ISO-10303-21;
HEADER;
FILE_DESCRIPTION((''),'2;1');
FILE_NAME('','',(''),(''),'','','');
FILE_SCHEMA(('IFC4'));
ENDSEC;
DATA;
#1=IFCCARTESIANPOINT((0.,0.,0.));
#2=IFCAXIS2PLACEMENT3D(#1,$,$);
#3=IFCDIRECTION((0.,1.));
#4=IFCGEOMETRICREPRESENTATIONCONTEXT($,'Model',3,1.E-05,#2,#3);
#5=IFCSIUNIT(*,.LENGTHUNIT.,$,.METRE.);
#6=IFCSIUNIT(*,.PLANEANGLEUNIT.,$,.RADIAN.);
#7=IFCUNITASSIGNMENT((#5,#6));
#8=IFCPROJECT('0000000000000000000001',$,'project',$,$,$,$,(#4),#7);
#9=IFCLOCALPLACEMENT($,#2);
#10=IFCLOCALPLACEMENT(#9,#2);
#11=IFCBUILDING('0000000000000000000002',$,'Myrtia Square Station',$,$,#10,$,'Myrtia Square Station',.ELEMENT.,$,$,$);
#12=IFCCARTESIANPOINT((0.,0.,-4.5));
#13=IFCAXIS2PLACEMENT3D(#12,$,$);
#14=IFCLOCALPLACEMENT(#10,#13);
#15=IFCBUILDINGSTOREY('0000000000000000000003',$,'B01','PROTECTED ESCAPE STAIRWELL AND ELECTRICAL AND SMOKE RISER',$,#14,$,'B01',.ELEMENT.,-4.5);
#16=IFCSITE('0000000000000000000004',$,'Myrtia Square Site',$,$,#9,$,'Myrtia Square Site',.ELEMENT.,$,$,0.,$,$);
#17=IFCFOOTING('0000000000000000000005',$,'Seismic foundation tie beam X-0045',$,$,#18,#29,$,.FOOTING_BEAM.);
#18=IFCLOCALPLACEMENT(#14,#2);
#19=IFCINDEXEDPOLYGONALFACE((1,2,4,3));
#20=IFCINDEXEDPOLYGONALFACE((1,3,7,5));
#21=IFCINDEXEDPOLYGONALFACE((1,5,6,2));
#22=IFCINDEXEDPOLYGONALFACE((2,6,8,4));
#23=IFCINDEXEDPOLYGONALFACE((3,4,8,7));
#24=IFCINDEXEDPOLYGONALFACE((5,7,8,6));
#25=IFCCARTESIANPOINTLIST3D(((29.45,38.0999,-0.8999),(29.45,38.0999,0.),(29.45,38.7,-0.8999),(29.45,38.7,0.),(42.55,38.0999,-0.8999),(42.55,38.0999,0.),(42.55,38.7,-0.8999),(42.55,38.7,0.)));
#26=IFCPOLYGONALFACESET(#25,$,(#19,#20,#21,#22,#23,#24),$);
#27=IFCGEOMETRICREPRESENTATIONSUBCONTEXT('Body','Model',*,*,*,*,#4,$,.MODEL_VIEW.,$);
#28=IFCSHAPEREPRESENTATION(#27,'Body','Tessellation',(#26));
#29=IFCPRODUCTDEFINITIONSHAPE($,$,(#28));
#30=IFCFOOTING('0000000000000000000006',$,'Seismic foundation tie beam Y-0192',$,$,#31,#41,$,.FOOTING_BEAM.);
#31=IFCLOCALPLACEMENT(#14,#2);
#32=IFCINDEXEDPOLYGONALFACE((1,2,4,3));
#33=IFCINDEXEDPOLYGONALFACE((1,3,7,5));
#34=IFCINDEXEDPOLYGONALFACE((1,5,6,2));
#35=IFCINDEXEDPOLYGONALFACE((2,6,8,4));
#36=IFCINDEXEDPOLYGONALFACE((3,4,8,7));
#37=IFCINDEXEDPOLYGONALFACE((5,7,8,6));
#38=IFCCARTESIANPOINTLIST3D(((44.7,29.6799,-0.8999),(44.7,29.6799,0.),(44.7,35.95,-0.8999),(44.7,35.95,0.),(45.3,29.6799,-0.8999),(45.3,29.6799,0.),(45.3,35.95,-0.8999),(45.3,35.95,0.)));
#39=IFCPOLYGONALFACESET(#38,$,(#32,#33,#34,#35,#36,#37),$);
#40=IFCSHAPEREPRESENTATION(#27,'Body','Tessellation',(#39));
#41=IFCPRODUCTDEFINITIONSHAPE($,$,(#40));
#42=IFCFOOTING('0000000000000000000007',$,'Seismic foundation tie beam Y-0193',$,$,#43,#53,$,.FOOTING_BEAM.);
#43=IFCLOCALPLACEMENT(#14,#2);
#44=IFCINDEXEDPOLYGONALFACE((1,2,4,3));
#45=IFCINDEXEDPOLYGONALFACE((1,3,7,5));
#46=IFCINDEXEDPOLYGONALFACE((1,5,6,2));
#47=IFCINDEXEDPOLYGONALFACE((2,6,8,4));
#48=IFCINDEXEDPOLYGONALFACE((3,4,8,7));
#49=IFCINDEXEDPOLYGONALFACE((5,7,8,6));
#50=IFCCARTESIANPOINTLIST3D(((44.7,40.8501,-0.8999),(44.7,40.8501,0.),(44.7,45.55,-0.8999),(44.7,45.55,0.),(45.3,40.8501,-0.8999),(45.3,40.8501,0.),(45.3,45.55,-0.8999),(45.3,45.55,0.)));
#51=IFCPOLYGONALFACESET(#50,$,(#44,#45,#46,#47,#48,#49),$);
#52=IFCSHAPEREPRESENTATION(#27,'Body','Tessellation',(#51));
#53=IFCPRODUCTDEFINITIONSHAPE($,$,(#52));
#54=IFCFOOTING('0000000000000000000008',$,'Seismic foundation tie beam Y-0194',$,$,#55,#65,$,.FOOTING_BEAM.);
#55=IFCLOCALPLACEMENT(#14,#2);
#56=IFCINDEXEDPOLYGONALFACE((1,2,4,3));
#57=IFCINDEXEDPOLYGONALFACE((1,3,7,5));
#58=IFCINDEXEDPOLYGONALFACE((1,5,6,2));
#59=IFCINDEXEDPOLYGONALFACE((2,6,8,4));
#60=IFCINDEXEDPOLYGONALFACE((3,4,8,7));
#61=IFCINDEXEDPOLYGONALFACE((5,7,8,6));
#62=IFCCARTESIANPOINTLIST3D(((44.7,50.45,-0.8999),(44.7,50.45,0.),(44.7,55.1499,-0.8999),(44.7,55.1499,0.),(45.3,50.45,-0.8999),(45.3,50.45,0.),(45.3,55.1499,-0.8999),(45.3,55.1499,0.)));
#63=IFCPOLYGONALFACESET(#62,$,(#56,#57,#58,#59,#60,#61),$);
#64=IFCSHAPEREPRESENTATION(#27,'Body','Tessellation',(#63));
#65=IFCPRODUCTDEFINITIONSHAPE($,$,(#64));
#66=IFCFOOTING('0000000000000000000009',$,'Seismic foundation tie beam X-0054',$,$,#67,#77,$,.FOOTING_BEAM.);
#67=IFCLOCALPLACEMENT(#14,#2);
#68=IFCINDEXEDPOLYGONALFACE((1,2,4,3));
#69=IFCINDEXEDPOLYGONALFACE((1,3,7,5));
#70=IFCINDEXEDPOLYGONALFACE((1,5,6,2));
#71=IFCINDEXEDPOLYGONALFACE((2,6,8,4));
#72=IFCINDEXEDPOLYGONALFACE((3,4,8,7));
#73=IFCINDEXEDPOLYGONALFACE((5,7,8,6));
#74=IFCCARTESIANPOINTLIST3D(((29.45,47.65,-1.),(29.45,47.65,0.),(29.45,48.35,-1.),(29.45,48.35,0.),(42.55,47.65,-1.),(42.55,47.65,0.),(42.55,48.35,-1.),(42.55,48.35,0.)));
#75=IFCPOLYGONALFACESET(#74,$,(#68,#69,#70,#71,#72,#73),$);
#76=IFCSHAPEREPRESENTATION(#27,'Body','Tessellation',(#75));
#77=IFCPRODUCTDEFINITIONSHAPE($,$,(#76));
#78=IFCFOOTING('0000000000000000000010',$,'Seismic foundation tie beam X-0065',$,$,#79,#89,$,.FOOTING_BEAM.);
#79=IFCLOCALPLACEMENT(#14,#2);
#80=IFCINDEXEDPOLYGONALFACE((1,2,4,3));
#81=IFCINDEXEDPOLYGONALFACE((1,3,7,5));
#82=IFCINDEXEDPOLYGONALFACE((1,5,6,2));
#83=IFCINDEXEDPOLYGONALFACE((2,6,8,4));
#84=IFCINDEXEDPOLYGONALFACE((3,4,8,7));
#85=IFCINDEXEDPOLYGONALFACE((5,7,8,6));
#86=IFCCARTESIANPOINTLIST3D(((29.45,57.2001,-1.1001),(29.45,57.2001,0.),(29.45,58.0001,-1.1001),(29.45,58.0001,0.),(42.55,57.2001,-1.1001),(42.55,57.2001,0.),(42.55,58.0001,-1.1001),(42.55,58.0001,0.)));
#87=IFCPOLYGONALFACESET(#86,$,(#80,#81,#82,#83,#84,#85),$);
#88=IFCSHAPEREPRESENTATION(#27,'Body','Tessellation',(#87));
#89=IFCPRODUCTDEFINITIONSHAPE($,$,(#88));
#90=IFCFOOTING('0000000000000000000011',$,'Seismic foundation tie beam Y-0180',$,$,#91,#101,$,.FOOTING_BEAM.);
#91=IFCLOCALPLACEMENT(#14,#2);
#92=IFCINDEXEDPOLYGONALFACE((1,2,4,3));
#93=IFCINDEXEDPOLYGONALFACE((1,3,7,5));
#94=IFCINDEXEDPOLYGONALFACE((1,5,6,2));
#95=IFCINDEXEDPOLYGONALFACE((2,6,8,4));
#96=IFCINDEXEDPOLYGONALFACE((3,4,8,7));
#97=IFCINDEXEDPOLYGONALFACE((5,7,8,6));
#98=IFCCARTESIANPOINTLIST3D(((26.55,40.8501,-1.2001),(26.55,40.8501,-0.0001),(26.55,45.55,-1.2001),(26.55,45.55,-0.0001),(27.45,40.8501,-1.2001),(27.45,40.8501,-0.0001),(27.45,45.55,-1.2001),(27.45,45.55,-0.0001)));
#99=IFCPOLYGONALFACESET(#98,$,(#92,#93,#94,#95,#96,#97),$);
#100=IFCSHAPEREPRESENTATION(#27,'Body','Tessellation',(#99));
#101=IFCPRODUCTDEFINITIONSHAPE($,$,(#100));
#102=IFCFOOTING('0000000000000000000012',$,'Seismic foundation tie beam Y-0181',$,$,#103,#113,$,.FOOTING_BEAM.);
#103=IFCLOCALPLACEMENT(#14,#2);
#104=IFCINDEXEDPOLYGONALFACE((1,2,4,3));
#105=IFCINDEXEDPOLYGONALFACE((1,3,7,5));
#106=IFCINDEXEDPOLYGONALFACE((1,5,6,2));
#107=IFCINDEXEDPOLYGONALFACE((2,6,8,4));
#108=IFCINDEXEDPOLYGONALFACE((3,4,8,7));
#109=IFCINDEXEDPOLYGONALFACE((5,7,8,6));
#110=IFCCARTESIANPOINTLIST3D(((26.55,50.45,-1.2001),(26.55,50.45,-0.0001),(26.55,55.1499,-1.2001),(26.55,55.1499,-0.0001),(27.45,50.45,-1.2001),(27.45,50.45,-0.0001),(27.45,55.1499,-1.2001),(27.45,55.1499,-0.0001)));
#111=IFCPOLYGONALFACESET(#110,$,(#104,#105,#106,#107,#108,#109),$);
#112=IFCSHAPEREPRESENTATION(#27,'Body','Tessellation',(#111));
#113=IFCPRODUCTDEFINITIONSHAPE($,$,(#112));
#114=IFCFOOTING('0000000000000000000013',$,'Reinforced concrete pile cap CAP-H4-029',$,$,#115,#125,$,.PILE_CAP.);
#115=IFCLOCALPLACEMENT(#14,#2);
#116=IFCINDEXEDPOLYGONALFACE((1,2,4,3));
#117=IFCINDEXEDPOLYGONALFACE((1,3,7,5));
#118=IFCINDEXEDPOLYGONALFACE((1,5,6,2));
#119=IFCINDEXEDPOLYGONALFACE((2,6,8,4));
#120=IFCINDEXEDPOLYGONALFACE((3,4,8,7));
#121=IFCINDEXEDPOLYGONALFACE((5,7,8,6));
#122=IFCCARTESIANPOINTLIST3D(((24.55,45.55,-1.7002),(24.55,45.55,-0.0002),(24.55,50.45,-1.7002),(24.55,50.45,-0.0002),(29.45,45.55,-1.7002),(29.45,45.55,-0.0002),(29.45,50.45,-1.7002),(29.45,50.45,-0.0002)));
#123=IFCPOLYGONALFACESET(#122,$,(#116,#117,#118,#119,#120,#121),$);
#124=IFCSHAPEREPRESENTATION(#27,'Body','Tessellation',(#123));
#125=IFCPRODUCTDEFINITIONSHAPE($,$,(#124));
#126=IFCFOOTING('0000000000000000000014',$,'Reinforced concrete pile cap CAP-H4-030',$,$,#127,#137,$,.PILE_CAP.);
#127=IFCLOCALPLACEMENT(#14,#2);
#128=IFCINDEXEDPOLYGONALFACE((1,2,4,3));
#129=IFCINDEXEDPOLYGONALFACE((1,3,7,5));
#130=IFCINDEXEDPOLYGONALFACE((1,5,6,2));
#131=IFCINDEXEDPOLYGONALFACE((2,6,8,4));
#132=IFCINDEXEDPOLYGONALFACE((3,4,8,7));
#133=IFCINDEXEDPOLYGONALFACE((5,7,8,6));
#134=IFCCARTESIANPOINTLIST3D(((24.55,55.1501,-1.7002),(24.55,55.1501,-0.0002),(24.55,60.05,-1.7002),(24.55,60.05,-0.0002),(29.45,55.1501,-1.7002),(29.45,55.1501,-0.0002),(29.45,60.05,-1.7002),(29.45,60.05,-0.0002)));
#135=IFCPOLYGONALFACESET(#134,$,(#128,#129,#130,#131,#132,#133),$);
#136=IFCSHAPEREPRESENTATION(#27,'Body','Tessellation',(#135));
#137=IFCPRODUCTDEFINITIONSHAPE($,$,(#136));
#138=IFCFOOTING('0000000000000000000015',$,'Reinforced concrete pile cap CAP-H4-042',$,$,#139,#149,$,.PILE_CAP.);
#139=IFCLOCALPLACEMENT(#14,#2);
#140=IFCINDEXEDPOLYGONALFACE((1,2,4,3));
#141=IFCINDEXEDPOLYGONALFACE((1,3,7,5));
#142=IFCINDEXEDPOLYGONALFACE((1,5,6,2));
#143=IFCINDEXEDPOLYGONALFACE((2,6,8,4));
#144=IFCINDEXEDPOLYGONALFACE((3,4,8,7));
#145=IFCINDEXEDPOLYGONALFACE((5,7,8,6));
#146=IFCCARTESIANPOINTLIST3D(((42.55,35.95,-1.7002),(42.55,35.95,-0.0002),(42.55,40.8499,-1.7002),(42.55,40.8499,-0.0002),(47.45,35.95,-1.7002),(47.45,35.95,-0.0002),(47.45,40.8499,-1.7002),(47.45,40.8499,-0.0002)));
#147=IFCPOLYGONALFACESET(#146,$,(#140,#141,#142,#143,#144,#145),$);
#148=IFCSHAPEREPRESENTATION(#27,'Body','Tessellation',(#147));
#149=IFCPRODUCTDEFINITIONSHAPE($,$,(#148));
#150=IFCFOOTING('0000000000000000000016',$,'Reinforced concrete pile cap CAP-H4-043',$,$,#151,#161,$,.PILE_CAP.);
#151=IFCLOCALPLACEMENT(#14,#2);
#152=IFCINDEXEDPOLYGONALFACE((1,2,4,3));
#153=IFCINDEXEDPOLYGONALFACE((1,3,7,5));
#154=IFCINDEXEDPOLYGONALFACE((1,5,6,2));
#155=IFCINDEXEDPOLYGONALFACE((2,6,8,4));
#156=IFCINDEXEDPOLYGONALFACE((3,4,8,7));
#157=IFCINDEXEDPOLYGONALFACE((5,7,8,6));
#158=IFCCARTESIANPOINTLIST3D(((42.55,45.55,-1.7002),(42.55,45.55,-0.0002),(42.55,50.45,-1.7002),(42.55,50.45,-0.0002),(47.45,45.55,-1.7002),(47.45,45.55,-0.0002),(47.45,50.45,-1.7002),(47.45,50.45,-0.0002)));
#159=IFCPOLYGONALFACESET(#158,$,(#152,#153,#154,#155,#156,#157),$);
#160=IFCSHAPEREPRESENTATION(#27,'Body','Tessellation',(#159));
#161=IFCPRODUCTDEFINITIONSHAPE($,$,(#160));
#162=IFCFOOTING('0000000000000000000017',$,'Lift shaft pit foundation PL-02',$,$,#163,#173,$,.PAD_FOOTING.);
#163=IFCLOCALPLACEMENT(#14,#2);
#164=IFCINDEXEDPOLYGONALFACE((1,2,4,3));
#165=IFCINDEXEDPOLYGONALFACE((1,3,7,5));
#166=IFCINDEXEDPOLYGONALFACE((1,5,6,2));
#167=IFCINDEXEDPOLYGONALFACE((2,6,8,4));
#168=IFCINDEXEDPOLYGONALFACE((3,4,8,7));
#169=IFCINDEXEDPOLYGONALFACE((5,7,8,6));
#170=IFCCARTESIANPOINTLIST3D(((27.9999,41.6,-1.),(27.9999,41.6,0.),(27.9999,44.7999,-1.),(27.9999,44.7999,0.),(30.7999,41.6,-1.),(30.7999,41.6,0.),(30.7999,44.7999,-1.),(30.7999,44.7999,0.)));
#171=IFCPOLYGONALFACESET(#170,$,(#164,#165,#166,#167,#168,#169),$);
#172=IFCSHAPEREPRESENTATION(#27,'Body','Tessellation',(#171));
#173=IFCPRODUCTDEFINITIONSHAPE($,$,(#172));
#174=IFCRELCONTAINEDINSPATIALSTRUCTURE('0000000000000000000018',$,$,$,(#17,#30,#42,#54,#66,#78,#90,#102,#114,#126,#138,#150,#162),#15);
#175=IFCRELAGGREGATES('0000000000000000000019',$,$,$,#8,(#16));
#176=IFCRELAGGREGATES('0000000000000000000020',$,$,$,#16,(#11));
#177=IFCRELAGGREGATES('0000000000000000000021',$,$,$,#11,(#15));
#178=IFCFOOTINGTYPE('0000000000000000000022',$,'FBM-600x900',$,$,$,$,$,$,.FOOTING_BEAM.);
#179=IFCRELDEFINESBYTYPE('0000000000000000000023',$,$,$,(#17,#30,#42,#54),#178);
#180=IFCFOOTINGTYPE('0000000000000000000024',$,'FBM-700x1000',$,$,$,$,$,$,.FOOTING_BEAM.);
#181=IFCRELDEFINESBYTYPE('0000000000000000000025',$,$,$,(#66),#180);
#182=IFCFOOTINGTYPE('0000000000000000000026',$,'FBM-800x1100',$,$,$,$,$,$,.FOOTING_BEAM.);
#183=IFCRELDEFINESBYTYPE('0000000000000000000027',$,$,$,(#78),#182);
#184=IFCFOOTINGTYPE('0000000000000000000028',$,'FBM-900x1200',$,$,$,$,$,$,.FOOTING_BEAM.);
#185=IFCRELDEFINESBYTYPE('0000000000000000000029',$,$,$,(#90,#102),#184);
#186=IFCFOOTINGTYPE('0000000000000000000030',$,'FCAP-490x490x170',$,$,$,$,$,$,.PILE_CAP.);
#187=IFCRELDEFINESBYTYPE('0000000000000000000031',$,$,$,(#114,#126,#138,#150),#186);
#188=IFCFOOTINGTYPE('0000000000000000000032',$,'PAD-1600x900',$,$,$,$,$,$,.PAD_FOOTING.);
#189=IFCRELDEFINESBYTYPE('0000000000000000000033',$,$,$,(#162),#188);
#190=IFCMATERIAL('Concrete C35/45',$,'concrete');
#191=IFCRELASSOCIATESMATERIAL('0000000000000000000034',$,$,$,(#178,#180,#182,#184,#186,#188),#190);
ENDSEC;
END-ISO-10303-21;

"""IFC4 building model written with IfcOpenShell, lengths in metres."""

from ifc_helpers import new_model, si_unit, direction, frame, origin, origin_2d, place, context, subcontext, project, spatial, rectangle, extrude, material, material_profile, profile_set, type_object, element, save


model = new_model("IFC4")

# Units and contexts
model_context = context("Model", 3, precision=1e-05, world=origin(), true_north=direction((0.0, 1.0)))
body_context = subcontext(model_context, "Body", "Model", "MODEL_VIEW")
ifc_project = project(units=[si_unit("LENGTHUNIT", "METRE"), si_unit("PLANEANGLEUNIT", "RADIAN")], contexts=[model_context])

# Site, building, storey
site_placement = place(None, origin())
site = spatial("IfcSite", under=ifc_project, at=site_placement, Name="Myrtia Square Site", LongName="Myrtia Square Site", CompositionType="ELEMENT", RefElevation=0.0)
building_placement = place(site_placement, origin())
building = spatial("IfcBuilding", under=site, at=building_placement, Name="Myrtia Square Station", LongName="Myrtia Square Station", CompositionType="ELEMENT")
storey_placement = place(building_placement, frame((0.0, 0.0, -4.5)))
storey = spatial("IfcBuildingStorey", under=building, at=storey_placement, Name="B01", Description="PROTECTED ESCAPE STAIRWELL AND ELECTRICAL AND SMOKE RISER", LongName="B01", CompositionType="ELEMENT", Elevation=-4.5)

# Footings
ifc_material_1 = material(Name="Concrete C35/45", Category="concrete")
ifc_material_profile_1 = material_profile(ifc_material_1, rectangle(XDim=0.6001, YDim=0.8999, at=origin_2d()), Name="FB 600x900")
ifc_profile_set_1 = profile_set([ifc_material_profile_1], Name="Concrete C35/45")
footing_type_1 = type_object("IfcFootingType", Name="FBM-600x900", PredefinedType="FOOTING_BEAM", material=ifc_profile_set_1)
footing_1_placement = place(storey_placement, frame((29.45, 38.3999, -0.45), z_axis=(1.0, 0.0, 0.0), x_axis=(0.0, 1.0, 0.0)))
element("IfcFooting", 1, at=footing_1_placement, inside=storey, type_object=footing_type_1, Name="Seismic foundation tie beam X-0045", PredefinedType="FOOTING_BEAM", context=body_context, shape_type="SweptSolid", body=[
    extrude(rectangle(XDim=0.6001, YDim=0.8999, at=origin_2d()), origin(), (0.0, 0.0, 1.0), 13.1001),
])
footing_2_placement = place(storey_placement, frame((45.0, 29.6799, -0.45), z_axis=(0.0, 1.0, 0.0), x_axis=(-1.0, 0.0, 0.0)))
element("IfcFooting", 2, at=footing_2_placement, inside=storey, type_object=footing_type_1, Name="Seismic foundation tie beam Y-0192", PredefinedType="FOOTING_BEAM", context=body_context, shape_type="SweptSolid", body=[
    extrude(rectangle(XDim=0.6001, YDim=0.8999, at=origin_2d()), origin(), (0.0, 0.0, 1.0), 6.27),
])
for number, where, z_axis, x_axis, name in (
    (3, (45.0, 40.8501, -0.45), (0.0, 1.0, 0.0), (-1.0, 0.0, 0.0), "Seismic foundation tie beam Y-0193"),
    (4, (45.0, 50.45, -0.45), (0.0, 1.0, 0.0), (-1.0, 0.0, 0.0), "Seismic foundation tie beam Y-0194"),
):
    element("IfcFooting", number, at=place(storey_placement, frame(where, z_axis=z_axis, x_axis=x_axis)), inside=storey, type_object=footing_type_1, Name=name, PredefinedType="FOOTING_BEAM", context=body_context, shape_type="SweptSolid", body=[
        extrude(rectangle(XDim=0.6001, YDim=0.8999, at=origin_2d()), origin(), (0.0, 0.0, 1.0), 4.7),
    ])
ifc_material_profile_2 = material_profile(ifc_material_1, rectangle(XDim=0.7, YDim=1.0, at=origin_2d()), Name="FB 700x1000")
ifc_profile_set_2 = profile_set([ifc_material_profile_2], Name="Concrete C35/45")
footing_type_2 = type_object("IfcFootingType", Name="FBM-700x1000", PredefinedType="FOOTING_BEAM", material=ifc_profile_set_2)
footing_3_placement = place(storey_placement, frame((29.45, 48.0, -0.5), z_axis=(1.0, 0.0, 0.0), x_axis=(0.0, 1.0, 0.0)))
element("IfcFooting", 5, at=footing_3_placement, inside=storey, type_object=footing_type_2, Name="Seismic foundation tie beam X-0054", PredefinedType="FOOTING_BEAM", context=body_context, shape_type="SweptSolid", body=[
    extrude(rectangle(XDim=0.7, YDim=1.0, at=origin_2d()), origin(), (0.0, 0.0, 1.0), 13.1001),
])
ifc_material_profile_3 = material_profile(ifc_material_1, rectangle(XDim=0.8, YDim=1.1001, at=origin_2d()), Name="FB 800x1100")
ifc_profile_set_3 = profile_set([ifc_material_profile_3], Name="Concrete C35/45")
footing_type_3 = type_object("IfcFootingType", Name="FBM-800x1100", PredefinedType="FOOTING_BEAM", material=ifc_profile_set_3)
footing_4_placement = place(storey_placement, frame((29.45, 57.6001, -0.55), z_axis=(1.0, 0.0, 0.0), x_axis=(0.0, 1.0, 0.0)))
element("IfcFooting", 6, at=footing_4_placement, inside=storey, type_object=footing_type_3, Name="Seismic foundation tie beam X-0065", PredefinedType="FOOTING_BEAM", context=body_context, shape_type="SweptSolid", body=[
    extrude(rectangle(XDim=0.8, YDim=1.1001, at=origin_2d()), origin(), (0.0, 0.0, 1.0), 13.1001),
])
ifc_material_profile_4 = material_profile(ifc_material_1, rectangle(XDim=0.8999, YDim=1.2, at=origin_2d()), Name="FB 900x1200")
ifc_profile_set_4 = profile_set([ifc_material_profile_4], Name="Concrete C35/45")
footing_type_4 = type_object("IfcFootingType", Name="FBM-900x1200", PredefinedType="FOOTING_BEAM", material=ifc_profile_set_4)
for number, where, z_axis, x_axis, name in (
    (7, (27.0, 40.8501, -0.6001), (0.0, 1.0, 0.0), (-1.0, 0.0, 0.0), "Seismic foundation tie beam Y-0180"),
    (8, (27.0, 50.45, -0.6001), (0.0, 1.0, 0.0), (-1.0, 0.0, 0.0), "Seismic foundation tie beam Y-0181"),
):
    element("IfcFooting", number, at=place(storey_placement, frame(where, z_axis=z_axis, x_axis=x_axis)), inside=storey, type_object=footing_type_4, Name=name, PredefinedType="FOOTING_BEAM", context=body_context, shape_type="SweptSolid", body=[
        extrude(rectangle(XDim=0.8999, YDim=1.2, at=origin_2d()), origin(), (0.0, 0.0, 1.0), 4.7),
    ])
footing_type_5 = type_object("IfcFootingType", Name="FCAP-490x490x170", PredefinedType="PILE_CAP", material=ifc_material_1)
for number, where, z_axis, x_axis, name in (
    (9, (27.0, 48.0, -1.7002), (0.0, 0.0, 1.0), (1.0, 0.0, 0.0), "Reinforced concrete pile cap CAP-H4-029"),
    (10, (27.0, 57.6001, -1.7002), (0.0, 0.0, 1.0), (1.0, 0.0, 0.0), "Reinforced concrete pile cap CAP-H4-030"),
    (11, (45.0, 38.3999, -1.7002), (0.0, 0.0, 1.0), (1.0, 0.0, 0.0), "Reinforced concrete pile cap CAP-H4-042"),
    (12, (45.0, 48.0, -1.7002), (0.0, 0.0, 1.0), (1.0, 0.0, 0.0), "Reinforced concrete pile cap CAP-H4-043"),
):
    element("IfcFooting", number, at=place(storey_placement, frame(where, z_axis=z_axis, x_axis=x_axis)), inside=storey, type_object=footing_type_5, Name=name, PredefinedType="PILE_CAP", context=body_context, shape_type="SweptSolid", body=[
        extrude(rectangle(XDim=4.8999, YDim=4.8999, at=origin_2d()), origin(), (0.0, 0.0, 1.0), 1.7),
    ])
footing_type_6 = type_object("IfcFootingType", Name="PAD-1600x900", PredefinedType="PAD_FOOTING", material=ifc_material_1)
footing_5_placement = place(storey_placement, frame((29.3999, 43.2, -1.0), z_axis=(0.0, 0.0, 1.0), x_axis=(1.0, 0.0, 0.0)))
element("IfcFooting", 13, at=footing_5_placement, inside=storey, type_object=footing_type_6, Name="Lift shaft pit foundation PL-02", PredefinedType="PAD_FOOTING", context=body_context, shape_type="SweptSolid", body=[
    extrude(rectangle(XDim=2.8, YDim=3.2, at=origin_2d()), origin(), (0.0, 0.0, 1.0), 1.0),
])

save(model, "model.ifc")
